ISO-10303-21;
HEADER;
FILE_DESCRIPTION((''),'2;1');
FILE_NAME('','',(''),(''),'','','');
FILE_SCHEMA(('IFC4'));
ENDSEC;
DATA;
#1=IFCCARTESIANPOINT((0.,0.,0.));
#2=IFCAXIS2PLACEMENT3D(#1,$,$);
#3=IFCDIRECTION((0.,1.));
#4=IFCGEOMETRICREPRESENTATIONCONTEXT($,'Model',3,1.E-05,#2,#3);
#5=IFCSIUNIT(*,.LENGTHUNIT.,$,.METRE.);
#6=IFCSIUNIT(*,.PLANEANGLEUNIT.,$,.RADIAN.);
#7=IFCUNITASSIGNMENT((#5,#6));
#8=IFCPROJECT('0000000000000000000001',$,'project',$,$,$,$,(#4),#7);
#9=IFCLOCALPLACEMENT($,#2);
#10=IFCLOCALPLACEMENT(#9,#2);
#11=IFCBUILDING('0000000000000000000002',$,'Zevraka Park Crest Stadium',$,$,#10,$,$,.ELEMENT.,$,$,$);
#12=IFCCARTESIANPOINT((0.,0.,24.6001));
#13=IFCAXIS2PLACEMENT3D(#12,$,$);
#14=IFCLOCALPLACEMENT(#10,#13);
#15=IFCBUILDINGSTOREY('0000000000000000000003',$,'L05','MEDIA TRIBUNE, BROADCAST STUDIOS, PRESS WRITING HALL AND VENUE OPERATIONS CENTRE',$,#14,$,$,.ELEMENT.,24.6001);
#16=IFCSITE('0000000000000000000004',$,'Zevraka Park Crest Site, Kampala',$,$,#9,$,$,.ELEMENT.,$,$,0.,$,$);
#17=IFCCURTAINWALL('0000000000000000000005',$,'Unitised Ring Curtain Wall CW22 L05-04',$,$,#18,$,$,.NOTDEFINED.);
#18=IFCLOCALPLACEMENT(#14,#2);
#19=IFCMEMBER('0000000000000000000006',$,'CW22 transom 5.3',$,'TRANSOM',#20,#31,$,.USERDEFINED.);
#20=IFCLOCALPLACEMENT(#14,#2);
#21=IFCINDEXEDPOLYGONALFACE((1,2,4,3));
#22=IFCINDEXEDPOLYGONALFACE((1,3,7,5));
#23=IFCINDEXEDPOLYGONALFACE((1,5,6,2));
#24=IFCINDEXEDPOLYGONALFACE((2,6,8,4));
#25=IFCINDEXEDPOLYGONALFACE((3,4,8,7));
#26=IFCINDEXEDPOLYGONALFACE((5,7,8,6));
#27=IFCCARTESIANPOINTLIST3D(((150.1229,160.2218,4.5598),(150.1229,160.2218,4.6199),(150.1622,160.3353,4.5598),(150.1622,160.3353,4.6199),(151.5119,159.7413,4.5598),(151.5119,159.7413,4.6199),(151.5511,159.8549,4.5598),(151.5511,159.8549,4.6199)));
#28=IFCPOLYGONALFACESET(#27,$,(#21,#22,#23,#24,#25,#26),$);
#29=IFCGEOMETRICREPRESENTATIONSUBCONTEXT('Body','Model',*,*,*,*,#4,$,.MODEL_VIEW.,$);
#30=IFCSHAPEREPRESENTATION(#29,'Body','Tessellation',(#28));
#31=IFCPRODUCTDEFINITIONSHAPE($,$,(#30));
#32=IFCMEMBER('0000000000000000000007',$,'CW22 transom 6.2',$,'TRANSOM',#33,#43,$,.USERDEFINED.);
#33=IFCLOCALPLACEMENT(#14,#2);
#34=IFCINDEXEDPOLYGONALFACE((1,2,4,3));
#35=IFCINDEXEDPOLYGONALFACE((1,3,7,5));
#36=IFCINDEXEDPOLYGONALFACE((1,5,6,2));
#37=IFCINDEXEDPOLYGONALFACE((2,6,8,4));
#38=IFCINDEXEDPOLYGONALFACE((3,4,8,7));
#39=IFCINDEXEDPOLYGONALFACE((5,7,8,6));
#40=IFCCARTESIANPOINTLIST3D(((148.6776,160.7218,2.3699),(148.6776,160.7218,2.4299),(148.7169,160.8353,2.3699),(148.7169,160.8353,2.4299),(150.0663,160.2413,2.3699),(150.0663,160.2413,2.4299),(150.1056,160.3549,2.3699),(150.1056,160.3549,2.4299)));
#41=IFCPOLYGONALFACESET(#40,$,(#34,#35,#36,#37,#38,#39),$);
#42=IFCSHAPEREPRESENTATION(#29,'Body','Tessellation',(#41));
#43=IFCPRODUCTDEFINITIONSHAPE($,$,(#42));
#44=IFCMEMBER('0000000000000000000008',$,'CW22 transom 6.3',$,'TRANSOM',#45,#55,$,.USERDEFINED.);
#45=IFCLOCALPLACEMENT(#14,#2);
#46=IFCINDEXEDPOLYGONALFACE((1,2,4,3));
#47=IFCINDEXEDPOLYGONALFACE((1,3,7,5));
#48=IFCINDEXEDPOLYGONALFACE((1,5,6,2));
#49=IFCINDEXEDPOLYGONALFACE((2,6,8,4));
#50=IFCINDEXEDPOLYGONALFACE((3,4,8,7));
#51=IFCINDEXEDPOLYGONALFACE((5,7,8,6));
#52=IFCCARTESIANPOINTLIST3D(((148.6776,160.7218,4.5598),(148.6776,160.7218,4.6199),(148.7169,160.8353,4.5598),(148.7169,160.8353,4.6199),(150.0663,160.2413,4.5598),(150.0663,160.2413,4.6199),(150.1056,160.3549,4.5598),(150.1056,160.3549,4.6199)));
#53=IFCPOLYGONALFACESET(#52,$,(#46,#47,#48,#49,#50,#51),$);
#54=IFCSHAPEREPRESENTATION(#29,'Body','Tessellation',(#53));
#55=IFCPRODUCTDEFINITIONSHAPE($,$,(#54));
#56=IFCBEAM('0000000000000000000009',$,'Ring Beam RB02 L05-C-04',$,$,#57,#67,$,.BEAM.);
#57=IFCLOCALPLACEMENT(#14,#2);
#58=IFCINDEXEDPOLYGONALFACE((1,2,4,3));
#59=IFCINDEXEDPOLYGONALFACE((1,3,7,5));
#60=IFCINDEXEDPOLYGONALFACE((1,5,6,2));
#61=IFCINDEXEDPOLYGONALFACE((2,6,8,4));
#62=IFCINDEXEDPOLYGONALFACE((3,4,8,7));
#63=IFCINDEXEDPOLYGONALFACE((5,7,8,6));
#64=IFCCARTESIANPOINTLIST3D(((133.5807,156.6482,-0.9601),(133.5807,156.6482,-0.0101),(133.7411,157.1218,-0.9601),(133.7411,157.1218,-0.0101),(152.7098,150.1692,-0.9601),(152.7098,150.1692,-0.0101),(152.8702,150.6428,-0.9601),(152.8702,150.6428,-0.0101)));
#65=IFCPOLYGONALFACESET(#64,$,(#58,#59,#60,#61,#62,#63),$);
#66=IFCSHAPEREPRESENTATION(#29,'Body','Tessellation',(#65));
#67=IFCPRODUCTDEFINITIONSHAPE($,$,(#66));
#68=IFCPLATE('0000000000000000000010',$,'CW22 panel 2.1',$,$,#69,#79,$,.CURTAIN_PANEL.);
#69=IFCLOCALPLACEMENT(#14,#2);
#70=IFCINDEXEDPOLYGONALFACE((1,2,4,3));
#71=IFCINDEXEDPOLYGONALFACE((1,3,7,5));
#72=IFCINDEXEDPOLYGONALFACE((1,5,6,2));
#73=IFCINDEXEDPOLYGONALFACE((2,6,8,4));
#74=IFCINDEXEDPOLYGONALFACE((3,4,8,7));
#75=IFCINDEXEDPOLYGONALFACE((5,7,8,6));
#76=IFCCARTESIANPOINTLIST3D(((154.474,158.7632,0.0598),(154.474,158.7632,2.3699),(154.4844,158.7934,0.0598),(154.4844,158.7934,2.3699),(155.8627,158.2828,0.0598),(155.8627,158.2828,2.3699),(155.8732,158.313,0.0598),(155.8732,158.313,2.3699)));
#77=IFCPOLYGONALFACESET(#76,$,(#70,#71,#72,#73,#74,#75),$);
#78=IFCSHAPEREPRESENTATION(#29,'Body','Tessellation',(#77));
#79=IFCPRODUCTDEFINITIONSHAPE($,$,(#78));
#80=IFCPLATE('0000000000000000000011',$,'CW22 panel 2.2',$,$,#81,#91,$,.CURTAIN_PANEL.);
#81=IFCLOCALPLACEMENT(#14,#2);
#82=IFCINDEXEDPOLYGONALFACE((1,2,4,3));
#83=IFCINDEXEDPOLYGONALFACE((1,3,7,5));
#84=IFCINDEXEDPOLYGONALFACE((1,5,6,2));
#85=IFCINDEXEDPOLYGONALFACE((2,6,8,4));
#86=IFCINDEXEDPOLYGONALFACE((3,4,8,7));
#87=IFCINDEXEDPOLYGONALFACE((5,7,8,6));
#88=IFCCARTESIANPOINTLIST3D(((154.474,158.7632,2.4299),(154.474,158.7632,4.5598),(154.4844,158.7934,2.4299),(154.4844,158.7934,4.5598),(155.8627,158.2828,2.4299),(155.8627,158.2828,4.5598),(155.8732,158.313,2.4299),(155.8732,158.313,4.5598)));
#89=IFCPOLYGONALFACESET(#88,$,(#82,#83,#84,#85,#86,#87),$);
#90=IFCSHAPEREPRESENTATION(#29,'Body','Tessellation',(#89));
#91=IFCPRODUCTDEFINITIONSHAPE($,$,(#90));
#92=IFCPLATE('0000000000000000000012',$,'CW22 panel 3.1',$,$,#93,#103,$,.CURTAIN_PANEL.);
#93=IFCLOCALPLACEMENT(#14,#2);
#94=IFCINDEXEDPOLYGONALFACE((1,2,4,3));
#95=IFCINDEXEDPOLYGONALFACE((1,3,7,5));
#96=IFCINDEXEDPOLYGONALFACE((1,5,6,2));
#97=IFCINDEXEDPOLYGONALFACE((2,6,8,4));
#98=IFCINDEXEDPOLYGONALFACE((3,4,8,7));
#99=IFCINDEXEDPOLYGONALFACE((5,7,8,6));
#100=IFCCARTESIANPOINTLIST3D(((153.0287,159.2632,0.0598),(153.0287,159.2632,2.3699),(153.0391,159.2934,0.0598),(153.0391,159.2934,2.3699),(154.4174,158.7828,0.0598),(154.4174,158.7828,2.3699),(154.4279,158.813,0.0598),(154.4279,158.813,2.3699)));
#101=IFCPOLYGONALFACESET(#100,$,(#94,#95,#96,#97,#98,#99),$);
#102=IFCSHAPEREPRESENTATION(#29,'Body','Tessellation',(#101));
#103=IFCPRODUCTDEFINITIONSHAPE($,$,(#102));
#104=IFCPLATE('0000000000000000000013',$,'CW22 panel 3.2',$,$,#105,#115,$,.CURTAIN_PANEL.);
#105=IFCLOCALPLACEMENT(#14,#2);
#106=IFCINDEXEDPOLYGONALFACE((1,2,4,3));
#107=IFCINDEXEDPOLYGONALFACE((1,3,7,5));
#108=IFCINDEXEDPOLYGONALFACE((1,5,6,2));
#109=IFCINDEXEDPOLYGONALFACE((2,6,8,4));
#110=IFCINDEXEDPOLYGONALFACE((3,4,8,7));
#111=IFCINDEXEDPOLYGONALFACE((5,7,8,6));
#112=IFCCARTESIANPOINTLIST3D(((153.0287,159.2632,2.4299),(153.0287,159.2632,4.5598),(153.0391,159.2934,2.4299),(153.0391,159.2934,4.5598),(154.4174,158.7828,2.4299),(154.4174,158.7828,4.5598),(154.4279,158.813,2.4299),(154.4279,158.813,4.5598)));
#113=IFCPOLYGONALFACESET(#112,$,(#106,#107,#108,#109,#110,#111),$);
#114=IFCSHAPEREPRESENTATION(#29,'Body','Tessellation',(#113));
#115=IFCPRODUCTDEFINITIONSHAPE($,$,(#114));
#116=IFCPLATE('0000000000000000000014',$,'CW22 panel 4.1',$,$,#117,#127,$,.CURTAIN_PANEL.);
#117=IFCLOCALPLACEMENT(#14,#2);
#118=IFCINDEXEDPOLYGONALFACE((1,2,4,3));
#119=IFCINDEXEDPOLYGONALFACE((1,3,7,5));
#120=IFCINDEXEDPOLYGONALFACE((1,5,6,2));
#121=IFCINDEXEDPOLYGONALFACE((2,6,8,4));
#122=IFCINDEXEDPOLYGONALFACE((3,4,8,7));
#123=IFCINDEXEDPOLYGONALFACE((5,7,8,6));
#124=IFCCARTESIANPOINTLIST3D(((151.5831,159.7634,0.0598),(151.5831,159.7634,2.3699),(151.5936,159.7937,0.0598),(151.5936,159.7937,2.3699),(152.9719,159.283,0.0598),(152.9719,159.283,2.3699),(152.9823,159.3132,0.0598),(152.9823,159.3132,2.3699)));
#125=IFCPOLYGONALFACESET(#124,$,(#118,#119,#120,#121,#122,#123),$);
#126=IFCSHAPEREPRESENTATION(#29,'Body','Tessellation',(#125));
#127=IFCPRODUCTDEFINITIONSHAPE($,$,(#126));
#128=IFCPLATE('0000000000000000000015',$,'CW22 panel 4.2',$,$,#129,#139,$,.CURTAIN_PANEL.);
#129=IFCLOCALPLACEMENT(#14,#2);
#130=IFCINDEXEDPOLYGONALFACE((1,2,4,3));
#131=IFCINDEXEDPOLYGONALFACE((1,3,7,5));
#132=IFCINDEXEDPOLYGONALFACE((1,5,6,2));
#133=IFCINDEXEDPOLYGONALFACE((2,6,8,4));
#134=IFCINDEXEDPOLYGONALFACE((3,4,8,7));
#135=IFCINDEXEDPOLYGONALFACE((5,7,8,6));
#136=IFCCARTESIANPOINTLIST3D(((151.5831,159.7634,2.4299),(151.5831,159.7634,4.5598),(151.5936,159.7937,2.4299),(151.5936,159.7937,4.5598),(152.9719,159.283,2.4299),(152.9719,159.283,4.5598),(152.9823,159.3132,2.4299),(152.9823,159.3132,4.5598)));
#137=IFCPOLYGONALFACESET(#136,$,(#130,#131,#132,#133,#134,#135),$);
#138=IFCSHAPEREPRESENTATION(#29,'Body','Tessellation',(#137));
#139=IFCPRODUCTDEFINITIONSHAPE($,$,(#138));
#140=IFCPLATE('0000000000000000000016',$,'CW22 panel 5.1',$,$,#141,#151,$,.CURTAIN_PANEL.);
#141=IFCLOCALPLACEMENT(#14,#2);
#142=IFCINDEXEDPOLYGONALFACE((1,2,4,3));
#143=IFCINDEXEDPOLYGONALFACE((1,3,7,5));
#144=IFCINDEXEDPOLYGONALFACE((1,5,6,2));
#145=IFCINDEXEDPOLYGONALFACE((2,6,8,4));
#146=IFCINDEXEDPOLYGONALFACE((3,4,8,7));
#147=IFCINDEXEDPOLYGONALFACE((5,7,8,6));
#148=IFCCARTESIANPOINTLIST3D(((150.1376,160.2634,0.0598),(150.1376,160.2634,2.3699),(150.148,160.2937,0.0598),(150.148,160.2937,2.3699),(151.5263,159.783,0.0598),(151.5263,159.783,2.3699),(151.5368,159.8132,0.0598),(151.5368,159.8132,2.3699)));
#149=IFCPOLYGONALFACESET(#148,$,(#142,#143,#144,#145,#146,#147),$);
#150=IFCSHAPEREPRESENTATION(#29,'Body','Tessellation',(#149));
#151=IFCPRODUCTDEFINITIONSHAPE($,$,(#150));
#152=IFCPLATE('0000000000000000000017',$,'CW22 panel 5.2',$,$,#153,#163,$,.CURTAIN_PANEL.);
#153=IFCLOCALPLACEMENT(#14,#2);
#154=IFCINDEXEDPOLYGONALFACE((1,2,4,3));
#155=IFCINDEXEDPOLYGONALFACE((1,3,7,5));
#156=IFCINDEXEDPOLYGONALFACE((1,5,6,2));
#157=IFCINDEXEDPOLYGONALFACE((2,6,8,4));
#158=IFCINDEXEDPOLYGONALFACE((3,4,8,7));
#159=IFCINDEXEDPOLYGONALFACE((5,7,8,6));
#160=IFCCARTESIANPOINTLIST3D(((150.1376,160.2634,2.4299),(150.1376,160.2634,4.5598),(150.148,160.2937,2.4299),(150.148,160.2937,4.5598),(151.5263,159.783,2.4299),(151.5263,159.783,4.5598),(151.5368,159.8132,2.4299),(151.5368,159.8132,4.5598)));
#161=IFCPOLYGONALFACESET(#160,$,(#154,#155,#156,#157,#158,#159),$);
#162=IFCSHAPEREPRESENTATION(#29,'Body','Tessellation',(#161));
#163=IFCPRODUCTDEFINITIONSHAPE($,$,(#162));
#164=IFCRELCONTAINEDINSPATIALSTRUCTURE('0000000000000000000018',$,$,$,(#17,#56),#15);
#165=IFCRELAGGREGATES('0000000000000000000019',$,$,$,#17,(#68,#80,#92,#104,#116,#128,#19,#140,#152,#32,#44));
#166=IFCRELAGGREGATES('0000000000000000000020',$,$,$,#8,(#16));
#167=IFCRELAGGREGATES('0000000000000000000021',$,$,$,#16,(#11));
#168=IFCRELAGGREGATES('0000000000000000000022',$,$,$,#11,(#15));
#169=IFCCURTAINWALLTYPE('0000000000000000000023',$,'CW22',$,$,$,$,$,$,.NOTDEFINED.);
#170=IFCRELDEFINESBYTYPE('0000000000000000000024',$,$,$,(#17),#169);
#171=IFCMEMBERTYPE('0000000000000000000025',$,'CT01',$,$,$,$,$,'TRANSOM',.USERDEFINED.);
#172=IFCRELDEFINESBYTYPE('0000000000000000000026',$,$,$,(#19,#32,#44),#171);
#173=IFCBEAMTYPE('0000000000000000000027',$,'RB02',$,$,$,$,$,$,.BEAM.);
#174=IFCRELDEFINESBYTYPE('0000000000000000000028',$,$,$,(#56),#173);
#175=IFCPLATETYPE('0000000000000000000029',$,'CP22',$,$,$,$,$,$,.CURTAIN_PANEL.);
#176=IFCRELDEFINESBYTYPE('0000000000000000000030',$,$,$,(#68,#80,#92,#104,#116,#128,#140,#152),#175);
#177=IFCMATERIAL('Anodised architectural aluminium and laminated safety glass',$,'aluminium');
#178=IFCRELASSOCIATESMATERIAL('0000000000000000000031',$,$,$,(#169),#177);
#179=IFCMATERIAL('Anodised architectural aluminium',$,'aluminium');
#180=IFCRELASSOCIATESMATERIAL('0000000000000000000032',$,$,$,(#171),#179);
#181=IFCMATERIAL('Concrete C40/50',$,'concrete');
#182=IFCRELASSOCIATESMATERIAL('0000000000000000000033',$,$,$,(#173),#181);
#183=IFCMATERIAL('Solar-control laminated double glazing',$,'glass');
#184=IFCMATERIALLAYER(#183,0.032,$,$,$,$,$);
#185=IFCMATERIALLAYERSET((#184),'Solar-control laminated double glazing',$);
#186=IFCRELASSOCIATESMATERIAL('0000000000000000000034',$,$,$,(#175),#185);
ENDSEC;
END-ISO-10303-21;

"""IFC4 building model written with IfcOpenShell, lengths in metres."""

from ifc_helpers import new_model, si_unit, direction, frame, origin, origin_2d, place, context, subcontext, project, spatial, rectangle, extrude, material, layer, layer_set, material_profile, profile_set, type_object, element, aggregate, save


model = new_model("IFC4")

# Units and contexts
model_context = context("Model", 3, precision=1e-05, world=origin(), true_north=direction((0.0, 1.0)))
body_context = subcontext(model_context, "Body", "Model", "MODEL_VIEW")
ifc_project = project(units=[si_unit("LENGTHUNIT", "METRE"), si_unit("PLANEANGLEUNIT", "RADIAN")], contexts=[model_context])

# Site, building, storey
site_placement = place(None, origin())
site = spatial("IfcSite", under=ifc_project, at=site_placement, Name="Zevraka Park Crest Site, Kampala", CompositionType="ELEMENT", RefElevation=0.0)
building_placement = place(site_placement, origin())
building = spatial("IfcBuilding", under=site, at=building_placement, Name="Zevraka Park Crest Stadium", CompositionType="ELEMENT")
storey_placement = place(building_placement, frame((0.0, 0.0, 24.6001)))
storey = spatial("IfcBuildingStorey", under=building, at=storey_placement, Name="L05", Description="MEDIA TRIBUNE, BROADCAST STUDIOS, PRESS WRITING HALL AND VENUE OPERATIONS CENTRE", CompositionType="ELEMENT", Elevation=24.6001)

# Curtain wall, members
ifc_material_1 = material(Name="Anodised architectural aluminium and laminated safety glass", Category="aluminium")
curtain_wall_type = type_object("IfcCurtainWallType", Name="CW22", PredefinedType="NOTDEFINED", material=ifc_material_1)
curtain_wall_placement = place(storey_placement, origin())
curtain_wall = element("IfcCurtainWall", 1, at=curtain_wall_placement, inside=storey, type_object=curtain_wall_type, Name="Unitised Ring Curtain Wall CW22 L05-04", PredefinedType="NOTDEFINED")
ifc_material_2 = material(Name="Anodised architectural aluminium", Category="aluminium")
ifc_material_profile_1 = material_profile(ifc_material_2, rectangle(XDim=0.1201, YDim=0.0601, at=origin_2d()), Name="ALU TRANSOM 120x60")
ifc_profile_set_1 = profile_set([ifc_material_profile_1], Name="Anodised architectural aluminium")
member_type_1 = type_object("IfcMemberType", Name="CT01", ElementType="TRANSOM", PredefinedType="USERDEFINED", material=ifc_profile_set_1)
member_1_placement = place(storey_placement, frame((151.5315, 159.7981, 4.5898), z_axis=(-0.945051, 0.326922, 0.0), x_axis=(-0.326922, -0.945051, 0.0)))
member_1 = element("IfcMember", 2, at=member_1_placement, type_object=member_type_1, Name="CW22 transom 5.3", ObjectType="TRANSOM", PredefinedType="USERDEFINED", context=body_context, shape_type="SweptSolid", body=[
    extrude(rectangle(XDim=0.1201, YDim=0.0601, at=origin_2d()), origin(), (0.0, 0.0, 1.0), 1.4697),
])
member_2_placement = place(storey_placement, frame((150.0859, 160.2981, 2.3999), z_axis=(-0.945033, 0.326974, 0.0), x_axis=(-0.326974, -0.945033, 0.0)))
member_2 = element("IfcMember", 3, at=member_2_placement, type_object=member_type_1, Name="CW22 transom 6.2", ObjectType="TRANSOM", PredefinedType="USERDEFINED", context=body_context, shape_type="SweptSolid", body=[
    extrude(rectangle(XDim=0.1201, YDim=0.0601, at=origin_2d()), origin(), (0.0, 0.0, 1.0), 1.4695),
])
member_3_placement = place(storey_placement, frame((150.0859, 160.2981, 4.5898), z_axis=(-0.945033, 0.326974, 0.0), x_axis=(-0.326974, -0.945033, 0.0)))
member_3 = element("IfcMember", 4, at=member_3_placement, type_object=member_type_1, Name="CW22 transom 6.3", ObjectType="TRANSOM", PredefinedType="USERDEFINED", context=body_context, shape_type="SweptSolid", body=[
    extrude(rectangle(XDim=0.1201, YDim=0.0601, at=origin_2d()), origin(), (0.0, 0.0, 1.0), 1.4695),
])

# Beam
ifc_material_3 = material(Name="Concrete C40/50", Category="concrete")
ifc_material_profile_2 = material_profile(ifc_material_3, rectangle(XDim=0.5, YDim=0.95, at=origin_2d()), Name="RC 950x500")
ifc_profile_set_2 = profile_set([ifc_material_profile_2], Name="Concrete C40/50")
beam_type_1 = type_object("IfcBeamType", Name="RB02", PredefinedType="BEAM", material=ifc_profile_set_2)
beam_1_placement = place(storey_placement, frame((152.79, 150.406, -0.4851), z_axis=(-0.947148, 0.320797, 0.0), x_axis=(-0.320797, -0.947148, 0.0)))
element("IfcBeam", 5, at=beam_1_placement, inside=storey, type_object=beam_type_1, Name="Ring Beam RB02 L05-C-04", PredefinedType="BEAM", context=body_context, shape_type="SweptSolid", body=[
    extrude(rectangle(XDim=0.5, YDim=0.95, at=origin_2d()), origin(), (0.0, 0.0, 1.0), 20.1965),
])

# Plates
ifc_material_4 = material(Name="Solar-control laminated double glazing", Category="glass")
ifc_layer_1 = layer(ifc_material_4, 0.032)
ifc_layer_set_1 = layer_set([ifc_layer_1], Name="Solar-control laminated double glazing")
plate_type = type_object("IfcPlateType", Name="CP22", PredefinedType="CURTAIN_PANEL", material=ifc_layer_set_1)
plate_1_placement = place(storey_placement, frame((155.1736, 158.5381, 0.0598), z_axis=(0.0, 0.0, 1.0), x_axis=(-0.945049, 0.326929, 0.0)))
plate_1 = element("IfcPlate", 6, at=plate_1_placement, type_object=plate_type, Name="CW22 panel 2.1", PredefinedType="CURTAIN_PANEL", context=body_context, shape_type="SweptSolid", body=[
    extrude(rectangle(XDim=1.4695, YDim=0.032, at=origin_2d()), origin(), (0.0, 0.0, 1.0), 2.3101),
])
plate_2_placement = place(storey_placement, frame((155.1736, 158.5381, 2.4299), z_axis=(0.0, 0.0, 1.0), x_axis=(-0.945049, 0.326929, 0.0)))
plate_2 = element("IfcPlate", 7, at=plate_2_placement, type_object=plate_type, Name="CW22 panel 2.2", PredefinedType="CURTAIN_PANEL", context=body_context, shape_type="SweptSolid", body=[
    extrude(rectangle(XDim=1.4695, YDim=0.032, at=origin_2d()), origin(), (0.0, 0.0, 1.0), 2.1299),
])
plate_3_placement = place(storey_placement, frame((153.7283, 159.0381, 0.0598), z_axis=(0.0, 0.0, 1.0), x_axis=(-0.945049, 0.326929, 0.0)))
plate_3 = element("IfcPlate", 8, at=plate_3_placement, type_object=plate_type, Name="CW22 panel 3.1", PredefinedType="CURTAIN_PANEL", context=body_context, shape_type="SweptSolid", body=[
    extrude(rectangle(XDim=1.4695, YDim=0.032, at=origin_2d()), origin(), (0.0, 0.0, 1.0), 2.3101),
])
plate_4_placement = place(storey_placement, frame((153.7283, 159.0381, 2.4299), z_axis=(0.0, 0.0, 1.0), x_axis=(-0.945049, 0.326929, 0.0)))
plate_4 = element("IfcPlate", 9, at=plate_4_placement, type_object=plate_type, Name="CW22 panel 3.2", PredefinedType="CURTAIN_PANEL", context=body_context, shape_type="SweptSolid", body=[
    extrude(rectangle(XDim=1.4695, YDim=0.032, at=origin_2d()), origin(), (0.0, 0.0, 1.0), 2.1299),
])
plate_5_placement = place(storey_placement, frame((152.2827, 159.5383, 0.0598), z_axis=(0.0, 0.0, 1.0), x_axis=(-0.945049, 0.326929, 0.0)))
plate_5 = element("IfcPlate", 10, at=plate_5_placement, type_object=plate_type, Name="CW22 panel 4.1", PredefinedType="CURTAIN_PANEL", context=body_context, shape_type="SweptSolid", body=[
    extrude(rectangle(XDim=1.4695, YDim=0.032, at=origin_2d()), origin(), (0.0, 0.0, 1.0), 2.3101),
])
plate_6_placement = place(storey_placement, frame((152.2827, 159.5383, 2.4299), z_axis=(0.0, 0.0, 1.0), x_axis=(-0.945049, 0.326929, 0.0)))
plate_6 = element("IfcPlate", 11, at=plate_6_placement, type_object=plate_type, Name="CW22 panel 4.2", PredefinedType="CURTAIN_PANEL", context=body_context, shape_type="SweptSolid", body=[
    extrude(rectangle(XDim=1.4695, YDim=0.032, at=origin_2d()), origin(), (0.0, 0.0, 1.0), 2.1299),
])
plate_7_placement = place(storey_placement, frame((150.8372, 160.0383, 0.0598), z_axis=(0.0, 0.0, 1.0), x_axis=(-0.945049, 0.326929, 0.0)))
plate_7 = element("IfcPlate", 12, at=plate_7_placement, type_object=plate_type, Name="CW22 panel 5.1", PredefinedType="CURTAIN_PANEL", context=body_context, shape_type="SweptSolid", body=[
    extrude(rectangle(XDim=1.4695, YDim=0.032, at=origin_2d()), origin(), (0.0, 0.0, 1.0), 2.3101),
])
plate_8_placement = place(storey_placement, frame((150.8372, 160.0383, 2.4299), z_axis=(0.0, 0.0, 1.0), x_axis=(-0.945049, 0.326929, 0.0)))
plate_8 = element("IfcPlate", 13, at=plate_8_placement, type_object=plate_type, Name="CW22 panel 5.2", PredefinedType="CURTAIN_PANEL", context=body_context, shape_type="SweptSolid", body=[
    extrude(rectangle(XDim=1.4695, YDim=0.032, at=origin_2d()), origin(), (0.0, 0.0, 1.0), 2.1299),
])
aggregate(curtain_wall, [plate_1, plate_2, plate_3, plate_4, plate_5, plate_6, member_1, plate_7, plate_8, member_2, member_3])

save(model, "model.ifc")
